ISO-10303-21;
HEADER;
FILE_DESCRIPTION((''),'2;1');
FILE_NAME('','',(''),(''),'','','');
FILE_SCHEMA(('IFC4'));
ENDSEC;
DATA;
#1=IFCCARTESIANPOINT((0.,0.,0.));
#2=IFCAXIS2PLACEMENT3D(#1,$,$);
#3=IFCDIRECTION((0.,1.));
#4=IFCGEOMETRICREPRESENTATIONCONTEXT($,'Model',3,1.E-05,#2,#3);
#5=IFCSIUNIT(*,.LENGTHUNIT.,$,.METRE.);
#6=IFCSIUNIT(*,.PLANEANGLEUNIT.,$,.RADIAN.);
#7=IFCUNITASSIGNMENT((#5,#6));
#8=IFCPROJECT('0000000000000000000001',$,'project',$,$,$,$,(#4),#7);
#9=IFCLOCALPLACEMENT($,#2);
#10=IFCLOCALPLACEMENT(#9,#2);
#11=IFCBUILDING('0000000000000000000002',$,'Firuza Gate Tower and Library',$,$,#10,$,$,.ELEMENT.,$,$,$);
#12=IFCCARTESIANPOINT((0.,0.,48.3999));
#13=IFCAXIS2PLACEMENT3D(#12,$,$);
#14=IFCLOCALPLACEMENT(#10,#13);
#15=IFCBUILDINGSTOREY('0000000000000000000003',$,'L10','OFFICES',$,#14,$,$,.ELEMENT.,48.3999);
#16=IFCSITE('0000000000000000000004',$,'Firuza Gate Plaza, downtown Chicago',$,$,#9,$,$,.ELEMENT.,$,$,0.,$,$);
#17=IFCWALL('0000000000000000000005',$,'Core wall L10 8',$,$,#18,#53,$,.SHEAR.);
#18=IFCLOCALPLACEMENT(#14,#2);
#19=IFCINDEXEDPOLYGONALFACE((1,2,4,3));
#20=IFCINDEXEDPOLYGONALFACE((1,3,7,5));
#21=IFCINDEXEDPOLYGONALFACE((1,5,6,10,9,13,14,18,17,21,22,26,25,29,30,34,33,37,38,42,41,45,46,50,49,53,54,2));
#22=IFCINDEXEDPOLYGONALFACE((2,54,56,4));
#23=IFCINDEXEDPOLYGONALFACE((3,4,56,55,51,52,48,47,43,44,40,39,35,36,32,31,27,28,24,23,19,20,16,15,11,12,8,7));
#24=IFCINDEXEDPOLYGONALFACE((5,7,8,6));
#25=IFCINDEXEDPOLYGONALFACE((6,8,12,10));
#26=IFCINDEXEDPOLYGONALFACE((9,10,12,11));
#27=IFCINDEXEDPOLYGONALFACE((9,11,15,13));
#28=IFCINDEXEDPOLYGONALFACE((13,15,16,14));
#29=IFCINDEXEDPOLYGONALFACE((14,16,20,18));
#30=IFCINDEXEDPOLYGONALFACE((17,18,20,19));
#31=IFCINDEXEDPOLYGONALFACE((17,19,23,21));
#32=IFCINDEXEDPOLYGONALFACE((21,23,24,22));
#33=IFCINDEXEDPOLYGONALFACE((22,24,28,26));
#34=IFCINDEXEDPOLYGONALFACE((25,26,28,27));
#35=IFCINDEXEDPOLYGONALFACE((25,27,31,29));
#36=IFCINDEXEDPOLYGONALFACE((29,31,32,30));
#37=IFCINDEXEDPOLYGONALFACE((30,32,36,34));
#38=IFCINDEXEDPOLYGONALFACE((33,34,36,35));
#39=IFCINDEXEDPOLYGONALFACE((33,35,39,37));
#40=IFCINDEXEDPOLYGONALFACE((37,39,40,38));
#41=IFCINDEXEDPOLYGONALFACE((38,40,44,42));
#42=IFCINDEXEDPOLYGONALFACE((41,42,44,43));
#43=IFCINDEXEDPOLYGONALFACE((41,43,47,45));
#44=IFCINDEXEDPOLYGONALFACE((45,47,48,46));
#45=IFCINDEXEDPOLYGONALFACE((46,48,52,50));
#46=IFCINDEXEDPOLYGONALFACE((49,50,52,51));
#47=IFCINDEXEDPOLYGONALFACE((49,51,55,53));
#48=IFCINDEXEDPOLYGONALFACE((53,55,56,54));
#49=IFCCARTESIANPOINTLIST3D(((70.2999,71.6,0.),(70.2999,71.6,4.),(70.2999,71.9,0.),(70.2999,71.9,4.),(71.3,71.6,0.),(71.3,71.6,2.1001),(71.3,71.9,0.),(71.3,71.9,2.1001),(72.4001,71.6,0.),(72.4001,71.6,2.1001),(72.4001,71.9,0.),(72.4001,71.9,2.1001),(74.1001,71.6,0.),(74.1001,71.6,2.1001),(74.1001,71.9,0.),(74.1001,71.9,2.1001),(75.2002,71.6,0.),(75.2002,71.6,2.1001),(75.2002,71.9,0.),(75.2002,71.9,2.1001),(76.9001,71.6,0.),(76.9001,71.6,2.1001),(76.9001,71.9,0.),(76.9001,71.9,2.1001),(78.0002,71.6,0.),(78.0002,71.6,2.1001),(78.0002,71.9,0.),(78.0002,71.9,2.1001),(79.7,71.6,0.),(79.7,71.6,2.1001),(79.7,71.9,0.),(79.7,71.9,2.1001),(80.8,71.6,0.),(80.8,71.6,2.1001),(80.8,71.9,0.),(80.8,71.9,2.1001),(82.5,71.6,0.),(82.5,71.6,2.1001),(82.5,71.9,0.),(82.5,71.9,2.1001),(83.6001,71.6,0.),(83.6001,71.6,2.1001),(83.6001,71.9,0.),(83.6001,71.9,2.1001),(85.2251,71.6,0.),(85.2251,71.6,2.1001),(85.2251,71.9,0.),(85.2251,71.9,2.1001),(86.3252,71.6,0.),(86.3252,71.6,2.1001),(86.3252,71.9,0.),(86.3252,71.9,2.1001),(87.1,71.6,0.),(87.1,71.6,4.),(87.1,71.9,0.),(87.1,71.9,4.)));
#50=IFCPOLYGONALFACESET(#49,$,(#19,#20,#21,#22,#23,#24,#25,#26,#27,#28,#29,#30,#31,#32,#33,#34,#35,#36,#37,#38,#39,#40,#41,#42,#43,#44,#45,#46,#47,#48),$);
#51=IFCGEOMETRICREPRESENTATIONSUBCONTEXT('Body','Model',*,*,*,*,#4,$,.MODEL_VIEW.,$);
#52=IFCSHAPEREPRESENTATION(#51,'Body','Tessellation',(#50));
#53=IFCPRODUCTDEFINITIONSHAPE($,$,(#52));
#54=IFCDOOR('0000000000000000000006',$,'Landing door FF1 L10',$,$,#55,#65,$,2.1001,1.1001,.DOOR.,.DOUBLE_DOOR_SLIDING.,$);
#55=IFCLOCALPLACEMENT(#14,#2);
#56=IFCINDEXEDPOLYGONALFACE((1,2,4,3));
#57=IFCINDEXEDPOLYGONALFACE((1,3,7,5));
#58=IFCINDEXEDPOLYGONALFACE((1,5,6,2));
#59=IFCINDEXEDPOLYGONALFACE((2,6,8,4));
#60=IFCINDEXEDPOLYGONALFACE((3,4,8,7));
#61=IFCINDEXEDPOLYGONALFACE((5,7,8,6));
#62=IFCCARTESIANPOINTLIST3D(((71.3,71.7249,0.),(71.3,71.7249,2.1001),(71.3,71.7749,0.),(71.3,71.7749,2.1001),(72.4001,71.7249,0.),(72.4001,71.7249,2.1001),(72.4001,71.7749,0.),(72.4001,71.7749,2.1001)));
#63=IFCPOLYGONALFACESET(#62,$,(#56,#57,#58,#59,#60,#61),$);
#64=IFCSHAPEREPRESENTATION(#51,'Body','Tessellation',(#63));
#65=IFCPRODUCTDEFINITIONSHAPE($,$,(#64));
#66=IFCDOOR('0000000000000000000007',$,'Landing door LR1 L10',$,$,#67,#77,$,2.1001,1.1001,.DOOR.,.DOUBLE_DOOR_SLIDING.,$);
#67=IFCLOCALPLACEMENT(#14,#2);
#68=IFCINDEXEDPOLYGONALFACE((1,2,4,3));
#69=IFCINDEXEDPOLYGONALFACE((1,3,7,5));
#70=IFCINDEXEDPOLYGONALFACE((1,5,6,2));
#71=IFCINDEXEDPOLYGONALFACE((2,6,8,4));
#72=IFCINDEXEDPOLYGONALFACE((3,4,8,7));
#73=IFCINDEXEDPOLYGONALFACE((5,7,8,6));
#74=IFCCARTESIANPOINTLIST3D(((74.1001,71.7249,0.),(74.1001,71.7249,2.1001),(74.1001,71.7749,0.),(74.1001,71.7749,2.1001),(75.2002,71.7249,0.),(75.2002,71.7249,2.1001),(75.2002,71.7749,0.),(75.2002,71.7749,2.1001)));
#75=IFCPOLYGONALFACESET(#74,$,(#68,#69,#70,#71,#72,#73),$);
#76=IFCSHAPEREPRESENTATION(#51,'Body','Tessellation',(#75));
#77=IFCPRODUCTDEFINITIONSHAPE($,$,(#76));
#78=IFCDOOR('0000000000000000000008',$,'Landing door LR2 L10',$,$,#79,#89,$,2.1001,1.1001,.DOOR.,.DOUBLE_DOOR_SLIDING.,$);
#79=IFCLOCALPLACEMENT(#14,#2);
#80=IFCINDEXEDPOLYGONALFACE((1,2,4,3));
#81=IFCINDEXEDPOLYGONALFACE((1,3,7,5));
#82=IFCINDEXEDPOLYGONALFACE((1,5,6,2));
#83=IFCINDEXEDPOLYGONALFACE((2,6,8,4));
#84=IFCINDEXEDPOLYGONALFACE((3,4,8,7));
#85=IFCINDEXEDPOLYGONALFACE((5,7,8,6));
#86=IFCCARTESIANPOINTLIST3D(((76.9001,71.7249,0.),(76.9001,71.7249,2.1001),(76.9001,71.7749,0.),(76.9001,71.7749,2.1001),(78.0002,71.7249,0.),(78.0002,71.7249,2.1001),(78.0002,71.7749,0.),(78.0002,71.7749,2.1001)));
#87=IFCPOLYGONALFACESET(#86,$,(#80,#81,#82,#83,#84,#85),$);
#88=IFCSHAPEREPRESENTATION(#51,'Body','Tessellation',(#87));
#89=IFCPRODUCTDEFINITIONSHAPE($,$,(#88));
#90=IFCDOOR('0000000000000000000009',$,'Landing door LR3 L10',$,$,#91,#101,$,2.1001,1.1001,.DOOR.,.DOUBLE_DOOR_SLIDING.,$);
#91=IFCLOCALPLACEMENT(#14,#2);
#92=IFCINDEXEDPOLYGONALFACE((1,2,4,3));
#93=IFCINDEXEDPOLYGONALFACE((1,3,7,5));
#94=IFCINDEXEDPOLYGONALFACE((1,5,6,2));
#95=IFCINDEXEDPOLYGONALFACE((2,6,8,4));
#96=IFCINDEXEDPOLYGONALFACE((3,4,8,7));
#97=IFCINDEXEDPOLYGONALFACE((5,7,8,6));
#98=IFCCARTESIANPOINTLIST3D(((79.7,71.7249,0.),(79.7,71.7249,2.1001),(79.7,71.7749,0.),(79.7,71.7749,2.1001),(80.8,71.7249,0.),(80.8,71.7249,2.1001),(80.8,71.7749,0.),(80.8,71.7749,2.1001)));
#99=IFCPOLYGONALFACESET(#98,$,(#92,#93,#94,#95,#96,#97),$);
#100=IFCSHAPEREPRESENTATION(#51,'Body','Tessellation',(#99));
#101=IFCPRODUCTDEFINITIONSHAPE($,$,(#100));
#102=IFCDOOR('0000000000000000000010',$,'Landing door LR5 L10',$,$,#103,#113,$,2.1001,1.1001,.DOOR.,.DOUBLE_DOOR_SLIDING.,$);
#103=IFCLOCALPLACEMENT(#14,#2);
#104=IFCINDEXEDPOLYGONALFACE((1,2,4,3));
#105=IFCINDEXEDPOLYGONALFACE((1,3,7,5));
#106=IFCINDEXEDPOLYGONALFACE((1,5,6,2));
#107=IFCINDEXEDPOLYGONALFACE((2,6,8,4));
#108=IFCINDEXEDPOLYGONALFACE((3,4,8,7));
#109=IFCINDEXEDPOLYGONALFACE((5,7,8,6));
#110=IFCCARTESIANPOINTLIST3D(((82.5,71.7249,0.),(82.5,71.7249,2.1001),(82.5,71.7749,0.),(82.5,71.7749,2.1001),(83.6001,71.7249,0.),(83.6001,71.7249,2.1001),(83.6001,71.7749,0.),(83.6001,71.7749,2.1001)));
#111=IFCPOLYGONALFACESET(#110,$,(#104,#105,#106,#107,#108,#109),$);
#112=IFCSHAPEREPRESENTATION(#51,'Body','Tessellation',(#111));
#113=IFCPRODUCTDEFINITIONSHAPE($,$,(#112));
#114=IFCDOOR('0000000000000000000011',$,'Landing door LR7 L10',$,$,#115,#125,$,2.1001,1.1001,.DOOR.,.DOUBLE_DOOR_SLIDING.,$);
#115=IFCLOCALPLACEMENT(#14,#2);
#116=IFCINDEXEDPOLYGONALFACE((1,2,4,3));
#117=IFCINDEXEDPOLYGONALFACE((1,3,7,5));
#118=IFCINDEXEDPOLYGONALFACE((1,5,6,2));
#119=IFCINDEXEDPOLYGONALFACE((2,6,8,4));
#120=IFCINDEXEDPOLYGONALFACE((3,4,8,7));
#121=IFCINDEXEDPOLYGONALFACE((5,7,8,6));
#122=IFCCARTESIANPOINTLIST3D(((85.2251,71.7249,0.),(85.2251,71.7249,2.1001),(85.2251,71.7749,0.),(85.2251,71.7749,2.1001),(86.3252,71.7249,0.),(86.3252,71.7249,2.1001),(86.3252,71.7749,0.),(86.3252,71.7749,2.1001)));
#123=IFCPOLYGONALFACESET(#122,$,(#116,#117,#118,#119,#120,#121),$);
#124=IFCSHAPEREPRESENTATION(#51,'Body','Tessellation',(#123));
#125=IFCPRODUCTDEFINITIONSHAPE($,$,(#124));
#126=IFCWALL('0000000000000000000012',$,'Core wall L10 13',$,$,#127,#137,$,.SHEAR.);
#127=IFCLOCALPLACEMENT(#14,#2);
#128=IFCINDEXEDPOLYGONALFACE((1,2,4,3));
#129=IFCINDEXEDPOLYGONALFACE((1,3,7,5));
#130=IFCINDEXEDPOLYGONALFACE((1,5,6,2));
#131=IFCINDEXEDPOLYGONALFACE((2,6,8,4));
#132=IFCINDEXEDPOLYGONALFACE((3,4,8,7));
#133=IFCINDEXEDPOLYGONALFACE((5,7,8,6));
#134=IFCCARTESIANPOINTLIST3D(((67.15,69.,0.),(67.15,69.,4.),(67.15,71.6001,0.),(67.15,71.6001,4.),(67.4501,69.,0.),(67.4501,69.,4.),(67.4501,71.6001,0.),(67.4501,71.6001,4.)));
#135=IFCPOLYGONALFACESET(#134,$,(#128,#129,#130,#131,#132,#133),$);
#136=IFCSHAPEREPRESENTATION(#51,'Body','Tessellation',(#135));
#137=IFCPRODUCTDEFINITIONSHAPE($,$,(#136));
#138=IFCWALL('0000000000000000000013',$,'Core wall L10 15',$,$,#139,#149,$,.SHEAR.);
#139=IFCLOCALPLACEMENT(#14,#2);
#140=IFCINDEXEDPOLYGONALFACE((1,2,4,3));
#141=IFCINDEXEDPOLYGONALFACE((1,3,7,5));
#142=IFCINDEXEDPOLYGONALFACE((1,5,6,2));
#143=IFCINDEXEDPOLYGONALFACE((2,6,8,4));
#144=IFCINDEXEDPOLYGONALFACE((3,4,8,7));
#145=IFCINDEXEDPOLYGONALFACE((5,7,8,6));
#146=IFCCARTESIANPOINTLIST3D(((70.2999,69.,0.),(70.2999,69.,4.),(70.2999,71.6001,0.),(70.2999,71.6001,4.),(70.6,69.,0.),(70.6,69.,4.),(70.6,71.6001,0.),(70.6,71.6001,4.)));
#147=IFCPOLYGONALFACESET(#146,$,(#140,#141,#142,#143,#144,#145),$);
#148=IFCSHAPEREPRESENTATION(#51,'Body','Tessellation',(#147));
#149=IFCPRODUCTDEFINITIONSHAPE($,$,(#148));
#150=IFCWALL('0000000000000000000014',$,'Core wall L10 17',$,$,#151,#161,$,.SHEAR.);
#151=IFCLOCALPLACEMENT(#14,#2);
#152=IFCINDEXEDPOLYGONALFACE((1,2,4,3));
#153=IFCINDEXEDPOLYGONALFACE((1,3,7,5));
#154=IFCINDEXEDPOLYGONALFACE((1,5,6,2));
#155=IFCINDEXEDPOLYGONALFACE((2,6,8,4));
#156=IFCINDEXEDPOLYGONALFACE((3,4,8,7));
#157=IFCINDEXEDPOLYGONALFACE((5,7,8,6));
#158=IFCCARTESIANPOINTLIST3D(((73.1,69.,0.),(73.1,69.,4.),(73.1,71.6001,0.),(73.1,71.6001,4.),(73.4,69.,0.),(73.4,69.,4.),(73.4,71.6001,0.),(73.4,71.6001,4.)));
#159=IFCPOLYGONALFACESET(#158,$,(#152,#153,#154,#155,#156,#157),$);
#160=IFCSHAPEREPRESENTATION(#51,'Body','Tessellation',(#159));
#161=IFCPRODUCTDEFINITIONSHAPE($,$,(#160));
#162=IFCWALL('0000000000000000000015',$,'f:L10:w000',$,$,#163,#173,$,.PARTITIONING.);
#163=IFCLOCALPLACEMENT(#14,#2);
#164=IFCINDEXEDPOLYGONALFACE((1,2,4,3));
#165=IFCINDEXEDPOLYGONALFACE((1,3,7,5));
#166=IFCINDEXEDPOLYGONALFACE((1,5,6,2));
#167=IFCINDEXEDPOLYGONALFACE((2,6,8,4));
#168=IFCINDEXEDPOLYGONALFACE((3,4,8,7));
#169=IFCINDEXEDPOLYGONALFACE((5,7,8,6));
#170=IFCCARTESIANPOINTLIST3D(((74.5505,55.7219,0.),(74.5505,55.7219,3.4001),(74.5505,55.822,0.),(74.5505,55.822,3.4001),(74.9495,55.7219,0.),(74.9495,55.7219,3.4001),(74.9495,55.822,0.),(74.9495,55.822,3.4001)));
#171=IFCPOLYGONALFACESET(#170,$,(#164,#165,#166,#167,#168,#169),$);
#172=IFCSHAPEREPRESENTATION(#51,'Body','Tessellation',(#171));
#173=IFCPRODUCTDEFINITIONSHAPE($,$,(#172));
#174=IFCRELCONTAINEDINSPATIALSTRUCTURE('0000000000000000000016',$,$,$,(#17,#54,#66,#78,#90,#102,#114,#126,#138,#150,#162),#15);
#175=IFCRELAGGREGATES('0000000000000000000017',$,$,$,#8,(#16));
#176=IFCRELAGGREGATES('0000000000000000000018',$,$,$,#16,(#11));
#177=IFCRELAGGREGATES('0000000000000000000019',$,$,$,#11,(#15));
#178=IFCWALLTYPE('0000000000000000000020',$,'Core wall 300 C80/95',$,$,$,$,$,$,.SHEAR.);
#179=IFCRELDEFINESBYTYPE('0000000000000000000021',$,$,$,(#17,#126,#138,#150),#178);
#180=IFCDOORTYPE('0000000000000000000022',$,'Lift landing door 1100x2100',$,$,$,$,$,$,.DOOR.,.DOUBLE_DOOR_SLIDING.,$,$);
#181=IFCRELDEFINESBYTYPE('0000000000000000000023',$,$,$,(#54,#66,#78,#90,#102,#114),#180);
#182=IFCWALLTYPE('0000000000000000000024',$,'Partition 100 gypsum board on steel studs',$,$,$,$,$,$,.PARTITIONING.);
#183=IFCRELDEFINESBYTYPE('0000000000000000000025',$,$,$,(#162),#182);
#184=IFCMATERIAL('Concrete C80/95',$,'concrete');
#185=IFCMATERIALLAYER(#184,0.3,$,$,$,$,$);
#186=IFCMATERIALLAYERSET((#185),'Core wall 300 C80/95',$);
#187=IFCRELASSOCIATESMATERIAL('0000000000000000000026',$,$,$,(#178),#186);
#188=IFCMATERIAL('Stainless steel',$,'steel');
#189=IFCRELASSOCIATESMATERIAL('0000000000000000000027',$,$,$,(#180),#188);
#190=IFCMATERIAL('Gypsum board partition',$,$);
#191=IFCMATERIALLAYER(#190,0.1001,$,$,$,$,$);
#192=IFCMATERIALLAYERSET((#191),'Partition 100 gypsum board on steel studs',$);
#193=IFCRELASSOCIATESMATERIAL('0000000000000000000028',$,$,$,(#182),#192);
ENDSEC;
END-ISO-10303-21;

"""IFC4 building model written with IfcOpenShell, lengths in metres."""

from ifc_helpers import new_model, si_unit, direction, frame, frame_2d, origin, place, context, subcontext, project, spatial, rectangle, extrude, material, layer, layer_set, type_object, element, fill, save


model = new_model("IFC4")

# Units and contexts
model_context = context("Model", 3, precision=1e-05, world=origin(), true_north=direction((0.0, 1.0)))
body_context = subcontext(model_context, "Body", "Model", "MODEL_VIEW")
ifc_project = project(units=[si_unit("LENGTHUNIT", "METRE"), si_unit("PLANEANGLEUNIT", "RADIAN")], contexts=[model_context])

# Site, building, storey
site_placement = place(None, origin())
site = spatial("IfcSite", under=ifc_project, at=site_placement, Name="Firuza Gate Plaza, downtown Chicago", CompositionType="ELEMENT", RefElevation=0.0)
building_placement = place(site_placement, origin())
building = spatial("IfcBuilding", under=site, at=building_placement, Name="Firuza Gate Tower and Library", CompositionType="ELEMENT")
storey_placement = place(building_placement, frame((0.0, 0.0, 48.3999)))
storey = spatial("IfcBuildingStorey", under=building, at=storey_placement, Name="L10", Description="OFFICES", CompositionType="ELEMENT", Elevation=48.3999)

# Shared definitions
ifc_material_1 = material(Name="Concrete C80/95", Category="concrete")
ifc_layer_1 = layer(ifc_material_1, 0.3)
ifc_layer_set_1 = layer_set([ifc_layer_1], Name="Core wall 300 C80/95")
wall_type_1 = type_object("IfcWallType", Name="Core wall 300 C80/95", PredefinedType="SHEAR", material=ifc_layer_set_1)

# Wall, openings, doors
wall_1_placement = place(storey_placement, frame((70.3, 71.75, 0.0), z_axis=(0.0, 0.0, 1.0), x_axis=(1.0, 0.0, 0.0)))
wall_1 = element("IfcWall", 1, at=wall_1_placement, inside=storey, type_object=wall_type_1, Name="Core wall L10 8", PredefinedType="SHEAR", context=body_context, shape_type="SweptSolid", body=[
    extrude(rectangle(XDim=16.8, YDim=0.3, at=frame_2d((8.3999, 0.0))), origin(), (0.0, 0.0, 1.0), 4.0),
])
opening_1_placement = place(wall_1_placement, frame((1.0, 0.0, 0.0)))
opening_1 = element("IfcOpeningElement", 2, at=opening_1_placement, cuts=wall_1, PredefinedType="OPENING", context=body_context, shape_type="SweptSolid", body=[
    extrude(rectangle(XDim=1.1001, YDim=2.1001, at=frame_2d((0.55, 1.05))), frame((0.0, 0.1602, 0.0), z_axis=(0.0, -1.0, 0.0), x_axis=(1.0, 0.0, 0.0)), (0.0, 0.0, 1.0), 0.3201),
])
opening_2_placement = place(wall_1_placement, frame((3.8, 0.0, 0.0)))
opening_2 = element("IfcOpeningElement", 3, at=opening_2_placement, cuts=wall_1, PredefinedType="OPENING", context=body_context, shape_type="SweptSolid", body=[
    extrude(rectangle(XDim=1.1001, YDim=2.1001, at=frame_2d((0.55, 1.05))), frame((0.0, 0.1602, 0.0), z_axis=(0.0, -1.0, 0.0), x_axis=(1.0, 0.0, 0.0)), (0.0, 0.0, 1.0), 0.3201),
])
opening_3_placement = place(wall_1_placement, frame((6.6001, 0.0, 0.0)))
opening_3 = element("IfcOpeningElement", 4, at=opening_3_placement, cuts=wall_1, PredefinedType="OPENING", context=body_context, shape_type="SweptSolid", body=[
    extrude(rectangle(XDim=1.1001, YDim=2.1001, at=frame_2d((0.55, 1.05))), frame((0.0, 0.1602, 0.0), z_axis=(0.0, -1.0, 0.0), x_axis=(1.0, 0.0, 0.0)), (0.0, 0.0, 1.0), 0.3201),
])
opening_4_placement = place(wall_1_placement, frame((9.3999, 0.0, 0.0)))
opening_4 = element("IfcOpeningElement", 5, at=opening_4_placement, cuts=wall_1, PredefinedType="OPENING", context=body_context, shape_type="SweptSolid", body=[
    extrude(rectangle(XDim=1.1001, YDim=2.1001, at=frame_2d((0.55, 1.05))), frame((0.0, 0.1602, 0.0), z_axis=(0.0, -1.0, 0.0), x_axis=(1.0, 0.0, 0.0)), (0.0, 0.0, 1.0), 0.3201),
])
opening_5_placement = place(wall_1_placement, frame((12.2, 0.0, 0.0)))
opening_5 = element("IfcOpeningElement", 6, at=opening_5_placement, cuts=wall_1, PredefinedType="OPENING", context=body_context, shape_type="SweptSolid", body=[
    extrude(rectangle(XDim=1.1001, YDim=2.1001, at=frame_2d((0.55, 1.05))), frame((0.0, 0.1602, 0.0), z_axis=(0.0, -1.0, 0.0), x_axis=(1.0, 0.0, 0.0)), (0.0, 0.0, 1.0), 0.3201),
])
opening_6_placement = place(wall_1_placement, frame((14.925, 0.0, 0.0)))
opening_6 = element("IfcOpeningElement", 7, at=opening_6_placement, cuts=wall_1, PredefinedType="OPENING", context=body_context, shape_type="SweptSolid", body=[
    extrude(rectangle(XDim=1.1001, YDim=2.1001, at=frame_2d((0.55, 1.05))), frame((0.0, 0.1602, 0.0), z_axis=(0.0, -1.0, 0.0), x_axis=(1.0, 0.0, 0.0)), (0.0, 0.0, 1.0), 0.3201),
])
ifc_material_2 = material(Name="Stainless steel", Category="steel")
door_type = type_object("IfcDoorType", Name="Lift landing door 1100x2100", OperationType="DOUBLE_DOOR_SLIDING", PredefinedType="DOOR", material=ifc_material_2)
door_1_placement = place(opening_1_placement, origin())
door_1 = element("IfcDoor", 8, at=door_1_placement, inside=storey, type_object=door_type, Name="Landing door FF1 L10", OperationType="DOUBLE_DOOR_SLIDING", OverallHeight=2.1001, OverallWidth=1.1001, PredefinedType="DOOR", context=body_context, shape_type="SweptSolid", body=[
    extrude(rectangle(XDim=1.1001, YDim=2.1001, at=frame_2d((0.55, 1.05))), frame((0.0, 0.0249, 0.0), z_axis=(0.0, -1.0, 0.0), x_axis=(1.0, 0.0, 0.0)), (0.0, 0.0, 1.0), 0.05),
])
fill(opening_1, door_1)
door_2_placement = place(opening_2_placement, origin())
door_2 = element("IfcDoor", 9, at=door_2_placement, inside=storey, type_object=door_type, Name="Landing door LR1 L10", OperationType="DOUBLE_DOOR_SLIDING", OverallHeight=2.1001, OverallWidth=1.1001, PredefinedType="DOOR", context=body_context, shape_type="SweptSolid", body=[
    extrude(rectangle(XDim=1.1001, YDim=2.1001, at=frame_2d((0.55, 1.05))), frame((0.0, 0.0249, 0.0), z_axis=(0.0, -1.0, 0.0), x_axis=(1.0, 0.0, 0.0)), (0.0, 0.0, 1.0), 0.05),
])
fill(opening_2, door_2)
door_3_placement = place(opening_3_placement, origin())
door_3 = element("IfcDoor", 10, at=door_3_placement, inside=storey, type_object=door_type, Name="Landing door LR2 L10", OperationType="DOUBLE_DOOR_SLIDING", OverallHeight=2.1001, OverallWidth=1.1001, PredefinedType="DOOR", context=body_context, shape_type="SweptSolid", body=[
    extrude(rectangle(XDim=1.1001, YDim=2.1001, at=frame_2d((0.55, 1.05))), frame((0.0, 0.0249, 0.0), z_axis=(0.0, -1.0, 0.0), x_axis=(1.0, 0.0, 0.0)), (0.0, 0.0, 1.0), 0.05),
])
fill(opening_3, door_3)
door_4_placement = place(opening_4_placement, origin())
door_4 = element("IfcDoor", 11, at=door_4_placement, inside=storey, type_object=door_type, Name="Landing door LR3 L10", OperationType="DOUBLE_DOOR_SLIDING", OverallHeight=2.1001, OverallWidth=1.1001, PredefinedType="DOOR", context=body_context, shape_type="SweptSolid", body=[
    extrude(rectangle(XDim=1.1001, YDim=2.1001, at=frame_2d((0.55, 1.05))), frame((0.0, 0.0249, 0.0), z_axis=(0.0, -1.0, 0.0), x_axis=(1.0, 0.0, 0.0)), (0.0, 0.0, 1.0), 0.05),
])
fill(opening_4, door_4)
door_5_placement = place(opening_5_placement, origin())
door_5 = element("IfcDoor", 12, at=door_5_placement, inside=storey, type_object=door_type, Name="Landing door LR5 L10", OperationType="DOUBLE_DOOR_SLIDING", OverallHeight=2.1001, OverallWidth=1.1001, PredefinedType="DOOR", context=body_context, shape_type="SweptSolid", body=[
    extrude(rectangle(XDim=1.1001, YDim=2.1001, at=frame_2d((0.55, 1.05))), frame((0.0, 0.0249, 0.0), z_axis=(0.0, -1.0, 0.0), x_axis=(1.0, 0.0, 0.0)), (0.0, 0.0, 1.0), 0.05),
])
fill(opening_5, door_5)
door_6_placement = place(opening_6_placement, origin())
door_6 = element("IfcDoor", 13, at=door_6_placement, inside=storey, type_object=door_type, Name="Landing door LR7 L10", OperationType="DOUBLE_DOOR_SLIDING", OverallHeight=2.1001, OverallWidth=1.1001, PredefinedType="DOOR", context=body_context, shape_type="SweptSolid", body=[
    extrude(rectangle(XDim=1.1001, YDim=2.1001, at=frame_2d((0.55, 1.05))), frame((0.0, 0.0249, 0.0), z_axis=(0.0, -1.0, 0.0), x_axis=(1.0, 0.0, 0.0)), (0.0, 0.0, 1.0), 0.05),
])
fill(opening_6, door_6)

# Walls
for number, where, z_axis, x_axis, name in (
    (14, (67.3, 69.0, 0.0), (0.0, 0.0, 1.0), (0.0, 1.0, 0.0), "Core wall L10 13"),
    (15, (70.45, 69.0, 0.0), (0.0, 0.0, 1.0), (0.0, 1.0, 0.0), "Core wall L10 15"),
    (16, (73.25, 69.0, 0.0), (0.0, 0.0, 1.0), (0.0, 1.0, 0.0), "Core wall L10 17"),
):
    element("IfcWall", number, at=place(storey_placement, frame(where, z_axis=z_axis, x_axis=x_axis)), inside=storey, type_object=wall_type_1, Name=name, PredefinedType="SHEAR", context=body_context, shape_type="SweptSolid", body=[
        extrude(rectangle(XDim=2.6001, YDim=0.3, at=frame_2d((1.3, 0.0))), origin(), (0.0, 0.0, 1.0), 4.0),
    ])
ifc_material_3 = material(Name="Gypsum board partition")
ifc_layer_2 = layer(ifc_material_3, 0.1001)
ifc_layer_set_2 = layer_set([ifc_layer_2], Name="Partition 100 gypsum board on steel studs")
wall_type_2 = type_object("IfcWallType", Name="Partition 100 gypsum board on steel studs", PredefinedType="PARTITIONING", material=ifc_layer_set_2)
wall_2_placement = place(storey_placement, frame((74.5505, 55.772, 0.0), z_axis=(0.0, 0.0, 1.0), x_axis=(1.0, 0.0, 0.0)))
element("IfcWall", 17, at=wall_2_placement, inside=storey, type_object=wall_type_2, Name="f:L10:w000", PredefinedType="PARTITIONING", context=body_context, shape_type="SweptSolid", body=[
    extrude(rectangle(XDim=0.3989, YDim=0.1001, at=frame_2d((0.1995, 0.0))), origin(), (0.0, 0.0, 1.0), 3.4001),
])

save(model, "model.ifc")
